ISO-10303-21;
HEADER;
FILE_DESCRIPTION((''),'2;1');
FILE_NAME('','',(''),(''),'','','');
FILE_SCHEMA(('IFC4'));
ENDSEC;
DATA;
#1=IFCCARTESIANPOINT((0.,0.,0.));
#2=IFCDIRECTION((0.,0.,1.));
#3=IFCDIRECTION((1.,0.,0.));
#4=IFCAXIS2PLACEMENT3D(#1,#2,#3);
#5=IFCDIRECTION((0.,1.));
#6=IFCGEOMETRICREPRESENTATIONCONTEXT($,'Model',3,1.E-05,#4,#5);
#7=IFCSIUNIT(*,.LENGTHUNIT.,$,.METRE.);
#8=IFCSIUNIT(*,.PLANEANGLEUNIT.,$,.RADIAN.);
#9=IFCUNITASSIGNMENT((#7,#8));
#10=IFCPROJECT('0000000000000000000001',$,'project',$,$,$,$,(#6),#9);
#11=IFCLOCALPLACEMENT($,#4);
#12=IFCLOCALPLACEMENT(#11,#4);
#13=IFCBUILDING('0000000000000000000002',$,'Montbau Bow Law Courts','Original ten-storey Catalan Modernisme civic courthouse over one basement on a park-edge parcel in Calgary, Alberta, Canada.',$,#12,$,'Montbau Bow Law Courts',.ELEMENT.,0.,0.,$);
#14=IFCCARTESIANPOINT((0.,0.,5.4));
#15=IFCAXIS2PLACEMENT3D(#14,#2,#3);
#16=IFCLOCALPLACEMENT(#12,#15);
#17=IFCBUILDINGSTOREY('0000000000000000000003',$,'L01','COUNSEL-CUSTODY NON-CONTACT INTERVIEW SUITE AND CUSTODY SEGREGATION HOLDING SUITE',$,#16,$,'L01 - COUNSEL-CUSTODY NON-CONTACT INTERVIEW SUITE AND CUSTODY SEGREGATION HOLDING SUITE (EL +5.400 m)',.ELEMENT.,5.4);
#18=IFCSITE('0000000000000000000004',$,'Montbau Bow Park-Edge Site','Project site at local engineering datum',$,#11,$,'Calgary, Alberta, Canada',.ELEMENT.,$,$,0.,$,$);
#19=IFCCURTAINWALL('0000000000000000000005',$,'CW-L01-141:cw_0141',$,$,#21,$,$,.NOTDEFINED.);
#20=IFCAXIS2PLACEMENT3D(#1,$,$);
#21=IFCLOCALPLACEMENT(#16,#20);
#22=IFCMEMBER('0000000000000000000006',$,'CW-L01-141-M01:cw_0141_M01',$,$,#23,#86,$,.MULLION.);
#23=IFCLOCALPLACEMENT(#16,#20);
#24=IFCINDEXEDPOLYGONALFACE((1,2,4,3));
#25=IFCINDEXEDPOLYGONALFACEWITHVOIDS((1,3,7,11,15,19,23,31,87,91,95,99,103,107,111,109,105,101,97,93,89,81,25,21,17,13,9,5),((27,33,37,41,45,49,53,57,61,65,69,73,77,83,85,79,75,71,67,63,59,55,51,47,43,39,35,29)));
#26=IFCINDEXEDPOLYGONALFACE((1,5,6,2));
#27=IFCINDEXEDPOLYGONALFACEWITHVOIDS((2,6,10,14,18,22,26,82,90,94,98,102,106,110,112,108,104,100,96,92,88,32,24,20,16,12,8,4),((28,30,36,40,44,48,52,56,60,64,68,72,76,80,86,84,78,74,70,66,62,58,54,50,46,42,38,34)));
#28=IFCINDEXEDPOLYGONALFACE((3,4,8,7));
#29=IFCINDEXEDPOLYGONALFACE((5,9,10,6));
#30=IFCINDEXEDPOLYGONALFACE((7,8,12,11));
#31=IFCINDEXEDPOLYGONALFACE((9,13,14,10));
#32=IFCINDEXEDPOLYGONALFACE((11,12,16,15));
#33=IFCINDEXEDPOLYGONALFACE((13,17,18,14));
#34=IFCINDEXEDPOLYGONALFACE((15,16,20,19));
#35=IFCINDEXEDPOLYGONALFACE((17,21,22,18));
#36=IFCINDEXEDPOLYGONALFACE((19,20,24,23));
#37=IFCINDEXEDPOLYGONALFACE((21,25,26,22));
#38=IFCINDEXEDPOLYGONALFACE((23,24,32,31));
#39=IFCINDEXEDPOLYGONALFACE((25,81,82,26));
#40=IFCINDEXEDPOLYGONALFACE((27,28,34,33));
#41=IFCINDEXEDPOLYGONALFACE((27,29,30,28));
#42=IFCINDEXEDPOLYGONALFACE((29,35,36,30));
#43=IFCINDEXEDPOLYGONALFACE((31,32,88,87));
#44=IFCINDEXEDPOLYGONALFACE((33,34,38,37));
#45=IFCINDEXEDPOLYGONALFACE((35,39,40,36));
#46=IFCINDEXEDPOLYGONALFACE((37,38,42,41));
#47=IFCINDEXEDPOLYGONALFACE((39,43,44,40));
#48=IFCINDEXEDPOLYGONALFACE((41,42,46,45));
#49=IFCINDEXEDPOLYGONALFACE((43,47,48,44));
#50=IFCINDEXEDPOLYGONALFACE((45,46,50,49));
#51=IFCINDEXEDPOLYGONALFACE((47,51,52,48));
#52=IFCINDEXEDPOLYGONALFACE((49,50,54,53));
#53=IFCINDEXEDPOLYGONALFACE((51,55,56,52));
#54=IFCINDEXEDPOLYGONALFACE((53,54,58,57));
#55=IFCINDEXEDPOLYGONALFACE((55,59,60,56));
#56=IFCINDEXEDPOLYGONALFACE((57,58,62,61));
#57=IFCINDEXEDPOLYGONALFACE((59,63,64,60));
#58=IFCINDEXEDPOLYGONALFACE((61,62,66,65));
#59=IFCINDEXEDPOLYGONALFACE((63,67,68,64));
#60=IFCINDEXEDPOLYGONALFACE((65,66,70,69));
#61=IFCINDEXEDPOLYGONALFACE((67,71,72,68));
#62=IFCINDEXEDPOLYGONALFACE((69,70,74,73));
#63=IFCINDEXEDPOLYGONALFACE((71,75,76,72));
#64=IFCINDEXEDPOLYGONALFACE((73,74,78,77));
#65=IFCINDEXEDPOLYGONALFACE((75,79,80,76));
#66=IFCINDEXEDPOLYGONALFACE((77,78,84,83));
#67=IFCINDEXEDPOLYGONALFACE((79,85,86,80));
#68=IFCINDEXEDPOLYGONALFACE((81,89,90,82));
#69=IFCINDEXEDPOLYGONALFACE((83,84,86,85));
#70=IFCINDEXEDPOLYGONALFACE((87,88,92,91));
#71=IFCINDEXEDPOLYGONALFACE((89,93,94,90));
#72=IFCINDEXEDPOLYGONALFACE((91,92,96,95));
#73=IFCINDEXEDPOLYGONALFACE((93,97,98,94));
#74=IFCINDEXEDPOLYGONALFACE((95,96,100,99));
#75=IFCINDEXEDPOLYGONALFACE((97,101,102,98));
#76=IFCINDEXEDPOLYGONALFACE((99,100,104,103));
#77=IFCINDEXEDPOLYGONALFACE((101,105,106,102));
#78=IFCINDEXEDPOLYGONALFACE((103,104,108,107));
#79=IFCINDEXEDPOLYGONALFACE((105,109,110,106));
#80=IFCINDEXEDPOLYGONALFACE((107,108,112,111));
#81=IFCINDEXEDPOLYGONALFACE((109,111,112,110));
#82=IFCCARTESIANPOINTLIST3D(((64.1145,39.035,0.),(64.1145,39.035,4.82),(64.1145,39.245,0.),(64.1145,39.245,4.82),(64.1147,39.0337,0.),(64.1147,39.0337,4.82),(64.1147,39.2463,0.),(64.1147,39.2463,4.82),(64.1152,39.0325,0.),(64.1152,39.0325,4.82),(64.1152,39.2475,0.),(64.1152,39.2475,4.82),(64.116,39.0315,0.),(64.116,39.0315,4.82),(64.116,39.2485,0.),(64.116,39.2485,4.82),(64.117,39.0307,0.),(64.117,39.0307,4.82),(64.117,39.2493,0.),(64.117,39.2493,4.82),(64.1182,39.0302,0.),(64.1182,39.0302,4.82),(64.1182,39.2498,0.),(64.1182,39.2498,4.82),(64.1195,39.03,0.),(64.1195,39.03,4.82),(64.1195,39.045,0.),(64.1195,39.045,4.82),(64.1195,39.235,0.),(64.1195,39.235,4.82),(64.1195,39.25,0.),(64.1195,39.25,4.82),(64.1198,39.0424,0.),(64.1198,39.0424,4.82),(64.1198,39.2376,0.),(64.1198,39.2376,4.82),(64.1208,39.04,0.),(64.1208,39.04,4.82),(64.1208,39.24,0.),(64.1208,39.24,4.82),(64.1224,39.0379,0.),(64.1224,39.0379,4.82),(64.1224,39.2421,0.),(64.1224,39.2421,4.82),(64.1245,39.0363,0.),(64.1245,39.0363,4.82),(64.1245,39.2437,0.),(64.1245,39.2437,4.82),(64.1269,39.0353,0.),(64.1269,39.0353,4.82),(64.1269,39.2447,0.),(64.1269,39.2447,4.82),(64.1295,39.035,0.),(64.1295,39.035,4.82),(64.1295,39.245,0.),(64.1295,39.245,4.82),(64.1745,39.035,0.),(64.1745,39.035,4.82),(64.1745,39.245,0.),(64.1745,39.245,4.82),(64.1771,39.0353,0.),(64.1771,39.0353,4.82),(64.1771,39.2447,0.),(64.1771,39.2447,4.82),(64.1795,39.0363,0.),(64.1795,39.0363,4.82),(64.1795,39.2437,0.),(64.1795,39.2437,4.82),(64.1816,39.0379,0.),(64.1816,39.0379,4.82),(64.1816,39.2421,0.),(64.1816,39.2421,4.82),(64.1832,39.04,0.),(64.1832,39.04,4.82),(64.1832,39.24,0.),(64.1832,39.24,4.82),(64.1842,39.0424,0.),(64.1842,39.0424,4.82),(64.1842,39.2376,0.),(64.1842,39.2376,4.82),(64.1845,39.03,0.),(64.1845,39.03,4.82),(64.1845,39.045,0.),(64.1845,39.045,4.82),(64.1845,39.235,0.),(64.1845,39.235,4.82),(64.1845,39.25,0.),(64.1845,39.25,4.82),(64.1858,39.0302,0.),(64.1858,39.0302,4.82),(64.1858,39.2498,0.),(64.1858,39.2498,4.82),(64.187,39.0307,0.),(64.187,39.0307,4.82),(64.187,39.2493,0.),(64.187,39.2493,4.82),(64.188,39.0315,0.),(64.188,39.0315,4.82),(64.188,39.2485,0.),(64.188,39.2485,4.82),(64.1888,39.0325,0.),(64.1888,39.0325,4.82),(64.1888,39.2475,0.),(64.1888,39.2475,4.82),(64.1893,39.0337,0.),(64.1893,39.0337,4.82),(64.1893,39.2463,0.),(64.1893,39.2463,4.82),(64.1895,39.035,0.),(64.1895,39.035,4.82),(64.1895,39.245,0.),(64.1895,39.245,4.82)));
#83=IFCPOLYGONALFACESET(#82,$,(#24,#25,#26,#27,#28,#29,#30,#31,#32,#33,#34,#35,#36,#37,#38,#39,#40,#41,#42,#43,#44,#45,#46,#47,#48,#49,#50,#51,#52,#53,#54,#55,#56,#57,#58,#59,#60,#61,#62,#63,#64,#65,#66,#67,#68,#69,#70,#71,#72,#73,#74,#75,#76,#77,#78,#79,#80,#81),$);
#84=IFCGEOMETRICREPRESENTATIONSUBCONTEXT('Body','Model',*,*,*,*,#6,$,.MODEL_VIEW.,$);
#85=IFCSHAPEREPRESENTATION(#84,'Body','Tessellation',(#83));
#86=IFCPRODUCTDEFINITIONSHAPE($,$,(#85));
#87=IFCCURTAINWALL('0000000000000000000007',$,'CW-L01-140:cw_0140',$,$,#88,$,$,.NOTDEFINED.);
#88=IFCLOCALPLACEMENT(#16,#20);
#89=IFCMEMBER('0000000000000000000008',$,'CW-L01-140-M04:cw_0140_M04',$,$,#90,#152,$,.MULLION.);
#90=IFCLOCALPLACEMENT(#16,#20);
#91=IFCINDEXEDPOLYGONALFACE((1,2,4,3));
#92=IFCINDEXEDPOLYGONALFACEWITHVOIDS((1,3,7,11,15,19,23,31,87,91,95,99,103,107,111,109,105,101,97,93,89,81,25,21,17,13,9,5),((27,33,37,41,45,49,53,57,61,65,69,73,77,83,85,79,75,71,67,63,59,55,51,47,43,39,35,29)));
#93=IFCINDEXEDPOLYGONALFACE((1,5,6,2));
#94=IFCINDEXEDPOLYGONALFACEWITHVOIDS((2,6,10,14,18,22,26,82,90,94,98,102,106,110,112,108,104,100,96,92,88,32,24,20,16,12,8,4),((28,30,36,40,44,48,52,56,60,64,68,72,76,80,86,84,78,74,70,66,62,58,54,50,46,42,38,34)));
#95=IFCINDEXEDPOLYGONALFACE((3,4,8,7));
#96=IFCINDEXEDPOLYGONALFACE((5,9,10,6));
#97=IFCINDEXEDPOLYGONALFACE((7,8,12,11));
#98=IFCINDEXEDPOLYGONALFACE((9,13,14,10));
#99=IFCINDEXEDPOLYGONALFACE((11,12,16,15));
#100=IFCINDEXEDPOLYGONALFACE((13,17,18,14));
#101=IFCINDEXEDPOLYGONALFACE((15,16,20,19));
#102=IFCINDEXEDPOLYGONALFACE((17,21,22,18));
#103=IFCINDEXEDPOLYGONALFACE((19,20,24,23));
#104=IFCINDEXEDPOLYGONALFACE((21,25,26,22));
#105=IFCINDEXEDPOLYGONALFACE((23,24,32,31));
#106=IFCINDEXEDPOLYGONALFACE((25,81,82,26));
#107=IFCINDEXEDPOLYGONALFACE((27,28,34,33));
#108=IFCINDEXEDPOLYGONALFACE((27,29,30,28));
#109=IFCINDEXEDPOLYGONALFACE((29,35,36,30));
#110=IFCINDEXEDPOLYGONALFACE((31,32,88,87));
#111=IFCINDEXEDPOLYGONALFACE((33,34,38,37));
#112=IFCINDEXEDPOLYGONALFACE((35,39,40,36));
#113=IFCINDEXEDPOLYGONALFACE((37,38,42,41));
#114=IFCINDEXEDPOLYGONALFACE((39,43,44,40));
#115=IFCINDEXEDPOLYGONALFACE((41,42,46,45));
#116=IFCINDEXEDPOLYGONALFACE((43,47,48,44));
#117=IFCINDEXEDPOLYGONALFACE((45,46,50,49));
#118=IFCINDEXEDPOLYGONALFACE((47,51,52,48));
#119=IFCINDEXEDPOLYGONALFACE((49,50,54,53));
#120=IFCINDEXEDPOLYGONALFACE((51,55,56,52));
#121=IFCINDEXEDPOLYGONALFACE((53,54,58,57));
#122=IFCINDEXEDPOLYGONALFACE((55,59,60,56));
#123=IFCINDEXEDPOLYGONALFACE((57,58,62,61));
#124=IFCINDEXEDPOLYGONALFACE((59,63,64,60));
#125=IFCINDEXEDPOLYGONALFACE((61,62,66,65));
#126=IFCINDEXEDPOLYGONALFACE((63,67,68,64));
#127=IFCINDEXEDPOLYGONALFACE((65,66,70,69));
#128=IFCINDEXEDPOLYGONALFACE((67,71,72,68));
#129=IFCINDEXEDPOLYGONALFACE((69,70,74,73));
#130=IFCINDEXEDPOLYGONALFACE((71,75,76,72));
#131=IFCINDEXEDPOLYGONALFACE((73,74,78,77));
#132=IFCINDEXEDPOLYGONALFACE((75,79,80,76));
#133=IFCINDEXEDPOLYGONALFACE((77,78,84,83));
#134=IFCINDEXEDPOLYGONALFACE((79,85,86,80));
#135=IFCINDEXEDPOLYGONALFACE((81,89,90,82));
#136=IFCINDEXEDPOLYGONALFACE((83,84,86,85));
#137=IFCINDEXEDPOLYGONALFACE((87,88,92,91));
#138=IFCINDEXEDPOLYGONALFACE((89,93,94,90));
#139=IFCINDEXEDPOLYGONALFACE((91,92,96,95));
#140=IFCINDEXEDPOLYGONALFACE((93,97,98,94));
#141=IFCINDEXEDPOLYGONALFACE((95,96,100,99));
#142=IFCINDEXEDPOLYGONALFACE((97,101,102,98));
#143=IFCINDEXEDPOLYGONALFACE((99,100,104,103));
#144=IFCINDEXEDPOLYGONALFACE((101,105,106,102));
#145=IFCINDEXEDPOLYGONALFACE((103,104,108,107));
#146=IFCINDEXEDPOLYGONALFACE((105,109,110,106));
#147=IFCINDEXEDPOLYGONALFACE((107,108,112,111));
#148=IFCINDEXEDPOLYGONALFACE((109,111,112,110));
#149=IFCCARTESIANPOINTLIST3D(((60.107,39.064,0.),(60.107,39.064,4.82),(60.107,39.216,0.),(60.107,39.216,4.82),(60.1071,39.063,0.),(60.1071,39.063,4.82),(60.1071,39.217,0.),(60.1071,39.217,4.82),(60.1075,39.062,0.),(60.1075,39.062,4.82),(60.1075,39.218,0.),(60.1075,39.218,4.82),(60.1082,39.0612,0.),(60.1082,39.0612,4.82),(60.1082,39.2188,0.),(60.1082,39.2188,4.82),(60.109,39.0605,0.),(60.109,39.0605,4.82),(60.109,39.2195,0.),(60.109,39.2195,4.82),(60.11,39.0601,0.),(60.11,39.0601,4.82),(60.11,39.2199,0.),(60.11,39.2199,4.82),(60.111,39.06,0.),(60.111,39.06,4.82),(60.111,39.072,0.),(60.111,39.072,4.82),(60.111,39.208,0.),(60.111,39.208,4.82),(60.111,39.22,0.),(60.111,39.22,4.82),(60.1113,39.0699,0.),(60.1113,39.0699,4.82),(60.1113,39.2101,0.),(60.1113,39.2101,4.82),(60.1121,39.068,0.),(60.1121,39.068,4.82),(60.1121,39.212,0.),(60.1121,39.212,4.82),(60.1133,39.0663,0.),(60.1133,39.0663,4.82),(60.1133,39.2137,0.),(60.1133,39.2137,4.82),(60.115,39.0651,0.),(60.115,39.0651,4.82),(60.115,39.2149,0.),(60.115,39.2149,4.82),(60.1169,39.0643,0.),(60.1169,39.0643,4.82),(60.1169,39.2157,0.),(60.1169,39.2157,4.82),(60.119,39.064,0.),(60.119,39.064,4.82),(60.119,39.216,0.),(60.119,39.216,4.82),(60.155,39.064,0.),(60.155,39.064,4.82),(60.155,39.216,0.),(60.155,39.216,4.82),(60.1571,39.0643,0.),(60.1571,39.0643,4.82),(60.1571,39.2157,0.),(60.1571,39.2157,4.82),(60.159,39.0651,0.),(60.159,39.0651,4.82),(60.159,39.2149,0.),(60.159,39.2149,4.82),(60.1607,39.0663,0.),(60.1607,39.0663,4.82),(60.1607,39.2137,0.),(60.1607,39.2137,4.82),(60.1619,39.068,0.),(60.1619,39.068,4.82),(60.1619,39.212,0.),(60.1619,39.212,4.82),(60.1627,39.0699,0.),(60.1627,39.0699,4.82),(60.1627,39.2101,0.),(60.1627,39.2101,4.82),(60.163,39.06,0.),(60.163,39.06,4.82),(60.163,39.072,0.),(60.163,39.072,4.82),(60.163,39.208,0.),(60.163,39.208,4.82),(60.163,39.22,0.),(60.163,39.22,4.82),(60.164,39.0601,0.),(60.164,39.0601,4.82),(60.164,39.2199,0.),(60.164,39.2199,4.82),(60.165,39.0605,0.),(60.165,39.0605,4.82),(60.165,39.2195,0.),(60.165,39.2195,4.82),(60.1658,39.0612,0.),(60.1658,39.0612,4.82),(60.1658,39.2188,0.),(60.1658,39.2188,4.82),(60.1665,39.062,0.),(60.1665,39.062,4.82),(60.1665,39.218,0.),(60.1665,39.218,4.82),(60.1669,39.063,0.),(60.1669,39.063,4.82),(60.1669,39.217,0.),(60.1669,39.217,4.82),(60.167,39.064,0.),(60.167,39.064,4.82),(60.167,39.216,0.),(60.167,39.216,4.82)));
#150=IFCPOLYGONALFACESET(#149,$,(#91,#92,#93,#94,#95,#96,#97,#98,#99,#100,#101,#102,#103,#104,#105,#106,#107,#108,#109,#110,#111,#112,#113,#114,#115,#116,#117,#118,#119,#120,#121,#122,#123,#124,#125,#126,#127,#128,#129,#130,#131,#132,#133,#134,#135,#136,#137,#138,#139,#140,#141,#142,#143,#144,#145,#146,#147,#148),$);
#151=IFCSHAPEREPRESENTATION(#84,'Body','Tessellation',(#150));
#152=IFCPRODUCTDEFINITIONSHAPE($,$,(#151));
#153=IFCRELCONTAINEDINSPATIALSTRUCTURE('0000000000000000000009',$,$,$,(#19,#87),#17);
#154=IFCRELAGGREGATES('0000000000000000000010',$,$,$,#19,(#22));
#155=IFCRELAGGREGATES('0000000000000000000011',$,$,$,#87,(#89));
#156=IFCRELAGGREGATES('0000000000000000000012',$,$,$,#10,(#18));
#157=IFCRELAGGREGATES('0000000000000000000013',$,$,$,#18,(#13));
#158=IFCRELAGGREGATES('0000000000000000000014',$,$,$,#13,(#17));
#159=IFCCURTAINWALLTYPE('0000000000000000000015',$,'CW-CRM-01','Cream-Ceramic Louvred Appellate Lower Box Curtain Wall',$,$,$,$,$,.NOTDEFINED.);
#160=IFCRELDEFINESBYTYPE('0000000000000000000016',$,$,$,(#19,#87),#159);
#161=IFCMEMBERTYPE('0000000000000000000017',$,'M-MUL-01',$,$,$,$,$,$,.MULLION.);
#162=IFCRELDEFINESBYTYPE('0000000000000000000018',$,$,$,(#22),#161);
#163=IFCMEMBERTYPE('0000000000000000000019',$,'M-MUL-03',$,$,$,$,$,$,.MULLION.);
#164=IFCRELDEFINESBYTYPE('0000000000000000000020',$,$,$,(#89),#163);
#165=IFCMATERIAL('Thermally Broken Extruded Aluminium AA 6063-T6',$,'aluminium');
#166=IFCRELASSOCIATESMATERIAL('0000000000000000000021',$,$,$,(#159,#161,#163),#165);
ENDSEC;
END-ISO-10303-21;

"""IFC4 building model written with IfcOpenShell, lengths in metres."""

from ifc_helpers import new_model, si_unit, direction, frame, origin_with_axes, origin_2d_with_axis, place, context, subcontext, project, spatial, hollow_rectangle, extrude, material, material_profile, profile_set, type_object, element, aggregate, save


model = new_model("IFC4")

# Units and contexts
model_context = context("Model", 3, precision=1e-05, world=origin_with_axes(), true_north=direction((0.0, 1.0)))
body_context = subcontext(model_context, "Body", "Model", "MODEL_VIEW")
ifc_project = project(units=[si_unit("LENGTHUNIT", "METRE"), si_unit("PLANEANGLEUNIT", "RADIAN")], contexts=[model_context])

# Site, building, storey
site_placement = place(None, origin_with_axes())
site = spatial("IfcSite", under=ifc_project, at=site_placement, Name="Montbau Bow Park-Edge Site", Description="Project site at local engineering datum", LongName="Calgary, Alberta, Canada", CompositionType="ELEMENT", RefElevation=0.0)
building_placement = place(site_placement, origin_with_axes())
building = spatial("IfcBuilding", under=site, at=building_placement, Name="Montbau Bow Law Courts", Description="Original ten-storey Catalan Modernisme civic courthouse over one basement on a park-edge parcel in Calgary, Alberta, Canada.", LongName="Montbau Bow Law Courts", CompositionType="ELEMENT", ElevationOfRefHeight=0.0, ElevationOfTerrain=0.0)
storey_placement = place(building_placement, frame((0.0, 0.0, 5.4), z_axis=(0.0, 0.0, 1.0), x_axis=(1.0, 0.0, 0.0)))
storey = spatial("IfcBuildingStorey", under=building, at=storey_placement, Name="L01", Description="COUNSEL-CUSTODY NON-CONTACT INTERVIEW SUITE AND CUSTODY SEGREGATION HOLDING SUITE", LongName="L01 - COUNSEL-CUSTODY NON-CONTACT INTERVIEW SUITE AND CUSTODY SEGREGATION HOLDING SUITE (EL +5.400 m)", CompositionType="ELEMENT", Elevation=5.4)

# Curtain wall, member
ifc_material_1 = material(Name="Thermally Broken Extruded Aluminium AA 6063-T6", Category="aluminium")
curtain_wall_type = type_object("IfcCurtainWallType", Name="CW-CRM-01", Description="Cream-Ceramic Louvred Appellate Lower Box Curtain Wall", PredefinedType="NOTDEFINED", material=ifc_material_1)
curtain_wall_1_placement = place(None, frame((64.115, 39.14, 5.4), z_axis=(0.0, 0.0, 1.0), x_axis=(1.0, 0.0, 0.0)))
curtain_wall_1 = element("IfcCurtainWall", 1, at=curtain_wall_1_placement, inside=storey, type_object=curtain_wall_type, Name="CW-L01-141:cw_0141", PredefinedType="NOTDEFINED")
ifc_material_profile_1 = material_profile(ifc_material_1, hollow_rectangle(XDim=0.075, YDim=0.22, WallThickness=0.005, InnerFilletRadius=0.01, OuterFilletRadius=0.005, at=origin_2d_with_axis()), Name="CWM-220X75", Category="Main", Priority=0)
ifc_profile_set_1 = profile_set([ifc_material_profile_1], Name="Thermally Broken Extruded Aluminium AA 6063-T6")
member_type_1 = type_object("IfcMemberType", Name="M-MUL-01", PredefinedType="MULLION", material=ifc_profile_set_1)
member_1_placement = place(None, frame((64.152, 39.14, 5.4), z_axis=(0.0, 0.0, 1.0), x_axis=(1.0, 0.0, 0.0)))
member_1 = element("IfcMember", 2, at=member_1_placement, type_object=member_type_1, Name="CW-L01-141-M01:cw_0141_M01", PredefinedType="MULLION", context=body_context, shape_type="SweptSolid", body=[
    extrude(hollow_rectangle(XDim=0.075, YDim=0.22, WallThickness=0.005, InnerFilletRadius=0.01, OuterFilletRadius=0.005, at=origin_2d_with_axis()), origin_with_axes(), (0.0, 0.0, 1.0), 4.82),
])
aggregate(curtain_wall_1, [member_1])

# Curtain wall, member
curtain_wall_2_placement = place(None, frame((55.715, 39.14, 5.4), z_axis=(0.0, 0.0, 1.0), x_axis=(1.0, 0.0, 0.0)))
curtain_wall_2 = element("IfcCurtainWall", 3, at=curtain_wall_2_placement, inside=storey, type_object=curtain_wall_type, Name="CW-L01-140:cw_0140", PredefinedType="NOTDEFINED")
ifc_material_profile_2 = material_profile(ifc_material_1, hollow_rectangle(XDim=0.06, YDim=0.16, WallThickness=0.004, InnerFilletRadius=0.008, OuterFilletRadius=0.004, at=origin_2d_with_axis()), Name="CWM-160X60", Category="Main", Priority=0)
ifc_profile_set_2 = profile_set([ifc_material_profile_2], Name="Thermally Broken Extruded Aluminium AA 6063-T6")
member_type_2 = type_object("IfcMemberType", Name="M-MUL-03", PredefinedType="MULLION", material=ifc_profile_set_2)
member_2_placement = place(None, frame((60.137, 39.14, 5.4), z_axis=(0.0, 0.0, 1.0), x_axis=(1.0, 0.0, 0.0)))
member_2 = element("IfcMember", 4, at=member_2_placement, type_object=member_type_2, Name="CW-L01-140-M04:cw_0140_M04", PredefinedType="MULLION", context=body_context, shape_type="SweptSolid", body=[
    extrude(hollow_rectangle(XDim=0.06, YDim=0.16, WallThickness=0.004, InnerFilletRadius=0.008, OuterFilletRadius=0.004, at=origin_2d_with_axis()), origin_with_axes(), (0.0, 0.0, 1.0), 4.82),
])
aggregate(curtain_wall_2, [member_2])

save(model, "model.ifc")
